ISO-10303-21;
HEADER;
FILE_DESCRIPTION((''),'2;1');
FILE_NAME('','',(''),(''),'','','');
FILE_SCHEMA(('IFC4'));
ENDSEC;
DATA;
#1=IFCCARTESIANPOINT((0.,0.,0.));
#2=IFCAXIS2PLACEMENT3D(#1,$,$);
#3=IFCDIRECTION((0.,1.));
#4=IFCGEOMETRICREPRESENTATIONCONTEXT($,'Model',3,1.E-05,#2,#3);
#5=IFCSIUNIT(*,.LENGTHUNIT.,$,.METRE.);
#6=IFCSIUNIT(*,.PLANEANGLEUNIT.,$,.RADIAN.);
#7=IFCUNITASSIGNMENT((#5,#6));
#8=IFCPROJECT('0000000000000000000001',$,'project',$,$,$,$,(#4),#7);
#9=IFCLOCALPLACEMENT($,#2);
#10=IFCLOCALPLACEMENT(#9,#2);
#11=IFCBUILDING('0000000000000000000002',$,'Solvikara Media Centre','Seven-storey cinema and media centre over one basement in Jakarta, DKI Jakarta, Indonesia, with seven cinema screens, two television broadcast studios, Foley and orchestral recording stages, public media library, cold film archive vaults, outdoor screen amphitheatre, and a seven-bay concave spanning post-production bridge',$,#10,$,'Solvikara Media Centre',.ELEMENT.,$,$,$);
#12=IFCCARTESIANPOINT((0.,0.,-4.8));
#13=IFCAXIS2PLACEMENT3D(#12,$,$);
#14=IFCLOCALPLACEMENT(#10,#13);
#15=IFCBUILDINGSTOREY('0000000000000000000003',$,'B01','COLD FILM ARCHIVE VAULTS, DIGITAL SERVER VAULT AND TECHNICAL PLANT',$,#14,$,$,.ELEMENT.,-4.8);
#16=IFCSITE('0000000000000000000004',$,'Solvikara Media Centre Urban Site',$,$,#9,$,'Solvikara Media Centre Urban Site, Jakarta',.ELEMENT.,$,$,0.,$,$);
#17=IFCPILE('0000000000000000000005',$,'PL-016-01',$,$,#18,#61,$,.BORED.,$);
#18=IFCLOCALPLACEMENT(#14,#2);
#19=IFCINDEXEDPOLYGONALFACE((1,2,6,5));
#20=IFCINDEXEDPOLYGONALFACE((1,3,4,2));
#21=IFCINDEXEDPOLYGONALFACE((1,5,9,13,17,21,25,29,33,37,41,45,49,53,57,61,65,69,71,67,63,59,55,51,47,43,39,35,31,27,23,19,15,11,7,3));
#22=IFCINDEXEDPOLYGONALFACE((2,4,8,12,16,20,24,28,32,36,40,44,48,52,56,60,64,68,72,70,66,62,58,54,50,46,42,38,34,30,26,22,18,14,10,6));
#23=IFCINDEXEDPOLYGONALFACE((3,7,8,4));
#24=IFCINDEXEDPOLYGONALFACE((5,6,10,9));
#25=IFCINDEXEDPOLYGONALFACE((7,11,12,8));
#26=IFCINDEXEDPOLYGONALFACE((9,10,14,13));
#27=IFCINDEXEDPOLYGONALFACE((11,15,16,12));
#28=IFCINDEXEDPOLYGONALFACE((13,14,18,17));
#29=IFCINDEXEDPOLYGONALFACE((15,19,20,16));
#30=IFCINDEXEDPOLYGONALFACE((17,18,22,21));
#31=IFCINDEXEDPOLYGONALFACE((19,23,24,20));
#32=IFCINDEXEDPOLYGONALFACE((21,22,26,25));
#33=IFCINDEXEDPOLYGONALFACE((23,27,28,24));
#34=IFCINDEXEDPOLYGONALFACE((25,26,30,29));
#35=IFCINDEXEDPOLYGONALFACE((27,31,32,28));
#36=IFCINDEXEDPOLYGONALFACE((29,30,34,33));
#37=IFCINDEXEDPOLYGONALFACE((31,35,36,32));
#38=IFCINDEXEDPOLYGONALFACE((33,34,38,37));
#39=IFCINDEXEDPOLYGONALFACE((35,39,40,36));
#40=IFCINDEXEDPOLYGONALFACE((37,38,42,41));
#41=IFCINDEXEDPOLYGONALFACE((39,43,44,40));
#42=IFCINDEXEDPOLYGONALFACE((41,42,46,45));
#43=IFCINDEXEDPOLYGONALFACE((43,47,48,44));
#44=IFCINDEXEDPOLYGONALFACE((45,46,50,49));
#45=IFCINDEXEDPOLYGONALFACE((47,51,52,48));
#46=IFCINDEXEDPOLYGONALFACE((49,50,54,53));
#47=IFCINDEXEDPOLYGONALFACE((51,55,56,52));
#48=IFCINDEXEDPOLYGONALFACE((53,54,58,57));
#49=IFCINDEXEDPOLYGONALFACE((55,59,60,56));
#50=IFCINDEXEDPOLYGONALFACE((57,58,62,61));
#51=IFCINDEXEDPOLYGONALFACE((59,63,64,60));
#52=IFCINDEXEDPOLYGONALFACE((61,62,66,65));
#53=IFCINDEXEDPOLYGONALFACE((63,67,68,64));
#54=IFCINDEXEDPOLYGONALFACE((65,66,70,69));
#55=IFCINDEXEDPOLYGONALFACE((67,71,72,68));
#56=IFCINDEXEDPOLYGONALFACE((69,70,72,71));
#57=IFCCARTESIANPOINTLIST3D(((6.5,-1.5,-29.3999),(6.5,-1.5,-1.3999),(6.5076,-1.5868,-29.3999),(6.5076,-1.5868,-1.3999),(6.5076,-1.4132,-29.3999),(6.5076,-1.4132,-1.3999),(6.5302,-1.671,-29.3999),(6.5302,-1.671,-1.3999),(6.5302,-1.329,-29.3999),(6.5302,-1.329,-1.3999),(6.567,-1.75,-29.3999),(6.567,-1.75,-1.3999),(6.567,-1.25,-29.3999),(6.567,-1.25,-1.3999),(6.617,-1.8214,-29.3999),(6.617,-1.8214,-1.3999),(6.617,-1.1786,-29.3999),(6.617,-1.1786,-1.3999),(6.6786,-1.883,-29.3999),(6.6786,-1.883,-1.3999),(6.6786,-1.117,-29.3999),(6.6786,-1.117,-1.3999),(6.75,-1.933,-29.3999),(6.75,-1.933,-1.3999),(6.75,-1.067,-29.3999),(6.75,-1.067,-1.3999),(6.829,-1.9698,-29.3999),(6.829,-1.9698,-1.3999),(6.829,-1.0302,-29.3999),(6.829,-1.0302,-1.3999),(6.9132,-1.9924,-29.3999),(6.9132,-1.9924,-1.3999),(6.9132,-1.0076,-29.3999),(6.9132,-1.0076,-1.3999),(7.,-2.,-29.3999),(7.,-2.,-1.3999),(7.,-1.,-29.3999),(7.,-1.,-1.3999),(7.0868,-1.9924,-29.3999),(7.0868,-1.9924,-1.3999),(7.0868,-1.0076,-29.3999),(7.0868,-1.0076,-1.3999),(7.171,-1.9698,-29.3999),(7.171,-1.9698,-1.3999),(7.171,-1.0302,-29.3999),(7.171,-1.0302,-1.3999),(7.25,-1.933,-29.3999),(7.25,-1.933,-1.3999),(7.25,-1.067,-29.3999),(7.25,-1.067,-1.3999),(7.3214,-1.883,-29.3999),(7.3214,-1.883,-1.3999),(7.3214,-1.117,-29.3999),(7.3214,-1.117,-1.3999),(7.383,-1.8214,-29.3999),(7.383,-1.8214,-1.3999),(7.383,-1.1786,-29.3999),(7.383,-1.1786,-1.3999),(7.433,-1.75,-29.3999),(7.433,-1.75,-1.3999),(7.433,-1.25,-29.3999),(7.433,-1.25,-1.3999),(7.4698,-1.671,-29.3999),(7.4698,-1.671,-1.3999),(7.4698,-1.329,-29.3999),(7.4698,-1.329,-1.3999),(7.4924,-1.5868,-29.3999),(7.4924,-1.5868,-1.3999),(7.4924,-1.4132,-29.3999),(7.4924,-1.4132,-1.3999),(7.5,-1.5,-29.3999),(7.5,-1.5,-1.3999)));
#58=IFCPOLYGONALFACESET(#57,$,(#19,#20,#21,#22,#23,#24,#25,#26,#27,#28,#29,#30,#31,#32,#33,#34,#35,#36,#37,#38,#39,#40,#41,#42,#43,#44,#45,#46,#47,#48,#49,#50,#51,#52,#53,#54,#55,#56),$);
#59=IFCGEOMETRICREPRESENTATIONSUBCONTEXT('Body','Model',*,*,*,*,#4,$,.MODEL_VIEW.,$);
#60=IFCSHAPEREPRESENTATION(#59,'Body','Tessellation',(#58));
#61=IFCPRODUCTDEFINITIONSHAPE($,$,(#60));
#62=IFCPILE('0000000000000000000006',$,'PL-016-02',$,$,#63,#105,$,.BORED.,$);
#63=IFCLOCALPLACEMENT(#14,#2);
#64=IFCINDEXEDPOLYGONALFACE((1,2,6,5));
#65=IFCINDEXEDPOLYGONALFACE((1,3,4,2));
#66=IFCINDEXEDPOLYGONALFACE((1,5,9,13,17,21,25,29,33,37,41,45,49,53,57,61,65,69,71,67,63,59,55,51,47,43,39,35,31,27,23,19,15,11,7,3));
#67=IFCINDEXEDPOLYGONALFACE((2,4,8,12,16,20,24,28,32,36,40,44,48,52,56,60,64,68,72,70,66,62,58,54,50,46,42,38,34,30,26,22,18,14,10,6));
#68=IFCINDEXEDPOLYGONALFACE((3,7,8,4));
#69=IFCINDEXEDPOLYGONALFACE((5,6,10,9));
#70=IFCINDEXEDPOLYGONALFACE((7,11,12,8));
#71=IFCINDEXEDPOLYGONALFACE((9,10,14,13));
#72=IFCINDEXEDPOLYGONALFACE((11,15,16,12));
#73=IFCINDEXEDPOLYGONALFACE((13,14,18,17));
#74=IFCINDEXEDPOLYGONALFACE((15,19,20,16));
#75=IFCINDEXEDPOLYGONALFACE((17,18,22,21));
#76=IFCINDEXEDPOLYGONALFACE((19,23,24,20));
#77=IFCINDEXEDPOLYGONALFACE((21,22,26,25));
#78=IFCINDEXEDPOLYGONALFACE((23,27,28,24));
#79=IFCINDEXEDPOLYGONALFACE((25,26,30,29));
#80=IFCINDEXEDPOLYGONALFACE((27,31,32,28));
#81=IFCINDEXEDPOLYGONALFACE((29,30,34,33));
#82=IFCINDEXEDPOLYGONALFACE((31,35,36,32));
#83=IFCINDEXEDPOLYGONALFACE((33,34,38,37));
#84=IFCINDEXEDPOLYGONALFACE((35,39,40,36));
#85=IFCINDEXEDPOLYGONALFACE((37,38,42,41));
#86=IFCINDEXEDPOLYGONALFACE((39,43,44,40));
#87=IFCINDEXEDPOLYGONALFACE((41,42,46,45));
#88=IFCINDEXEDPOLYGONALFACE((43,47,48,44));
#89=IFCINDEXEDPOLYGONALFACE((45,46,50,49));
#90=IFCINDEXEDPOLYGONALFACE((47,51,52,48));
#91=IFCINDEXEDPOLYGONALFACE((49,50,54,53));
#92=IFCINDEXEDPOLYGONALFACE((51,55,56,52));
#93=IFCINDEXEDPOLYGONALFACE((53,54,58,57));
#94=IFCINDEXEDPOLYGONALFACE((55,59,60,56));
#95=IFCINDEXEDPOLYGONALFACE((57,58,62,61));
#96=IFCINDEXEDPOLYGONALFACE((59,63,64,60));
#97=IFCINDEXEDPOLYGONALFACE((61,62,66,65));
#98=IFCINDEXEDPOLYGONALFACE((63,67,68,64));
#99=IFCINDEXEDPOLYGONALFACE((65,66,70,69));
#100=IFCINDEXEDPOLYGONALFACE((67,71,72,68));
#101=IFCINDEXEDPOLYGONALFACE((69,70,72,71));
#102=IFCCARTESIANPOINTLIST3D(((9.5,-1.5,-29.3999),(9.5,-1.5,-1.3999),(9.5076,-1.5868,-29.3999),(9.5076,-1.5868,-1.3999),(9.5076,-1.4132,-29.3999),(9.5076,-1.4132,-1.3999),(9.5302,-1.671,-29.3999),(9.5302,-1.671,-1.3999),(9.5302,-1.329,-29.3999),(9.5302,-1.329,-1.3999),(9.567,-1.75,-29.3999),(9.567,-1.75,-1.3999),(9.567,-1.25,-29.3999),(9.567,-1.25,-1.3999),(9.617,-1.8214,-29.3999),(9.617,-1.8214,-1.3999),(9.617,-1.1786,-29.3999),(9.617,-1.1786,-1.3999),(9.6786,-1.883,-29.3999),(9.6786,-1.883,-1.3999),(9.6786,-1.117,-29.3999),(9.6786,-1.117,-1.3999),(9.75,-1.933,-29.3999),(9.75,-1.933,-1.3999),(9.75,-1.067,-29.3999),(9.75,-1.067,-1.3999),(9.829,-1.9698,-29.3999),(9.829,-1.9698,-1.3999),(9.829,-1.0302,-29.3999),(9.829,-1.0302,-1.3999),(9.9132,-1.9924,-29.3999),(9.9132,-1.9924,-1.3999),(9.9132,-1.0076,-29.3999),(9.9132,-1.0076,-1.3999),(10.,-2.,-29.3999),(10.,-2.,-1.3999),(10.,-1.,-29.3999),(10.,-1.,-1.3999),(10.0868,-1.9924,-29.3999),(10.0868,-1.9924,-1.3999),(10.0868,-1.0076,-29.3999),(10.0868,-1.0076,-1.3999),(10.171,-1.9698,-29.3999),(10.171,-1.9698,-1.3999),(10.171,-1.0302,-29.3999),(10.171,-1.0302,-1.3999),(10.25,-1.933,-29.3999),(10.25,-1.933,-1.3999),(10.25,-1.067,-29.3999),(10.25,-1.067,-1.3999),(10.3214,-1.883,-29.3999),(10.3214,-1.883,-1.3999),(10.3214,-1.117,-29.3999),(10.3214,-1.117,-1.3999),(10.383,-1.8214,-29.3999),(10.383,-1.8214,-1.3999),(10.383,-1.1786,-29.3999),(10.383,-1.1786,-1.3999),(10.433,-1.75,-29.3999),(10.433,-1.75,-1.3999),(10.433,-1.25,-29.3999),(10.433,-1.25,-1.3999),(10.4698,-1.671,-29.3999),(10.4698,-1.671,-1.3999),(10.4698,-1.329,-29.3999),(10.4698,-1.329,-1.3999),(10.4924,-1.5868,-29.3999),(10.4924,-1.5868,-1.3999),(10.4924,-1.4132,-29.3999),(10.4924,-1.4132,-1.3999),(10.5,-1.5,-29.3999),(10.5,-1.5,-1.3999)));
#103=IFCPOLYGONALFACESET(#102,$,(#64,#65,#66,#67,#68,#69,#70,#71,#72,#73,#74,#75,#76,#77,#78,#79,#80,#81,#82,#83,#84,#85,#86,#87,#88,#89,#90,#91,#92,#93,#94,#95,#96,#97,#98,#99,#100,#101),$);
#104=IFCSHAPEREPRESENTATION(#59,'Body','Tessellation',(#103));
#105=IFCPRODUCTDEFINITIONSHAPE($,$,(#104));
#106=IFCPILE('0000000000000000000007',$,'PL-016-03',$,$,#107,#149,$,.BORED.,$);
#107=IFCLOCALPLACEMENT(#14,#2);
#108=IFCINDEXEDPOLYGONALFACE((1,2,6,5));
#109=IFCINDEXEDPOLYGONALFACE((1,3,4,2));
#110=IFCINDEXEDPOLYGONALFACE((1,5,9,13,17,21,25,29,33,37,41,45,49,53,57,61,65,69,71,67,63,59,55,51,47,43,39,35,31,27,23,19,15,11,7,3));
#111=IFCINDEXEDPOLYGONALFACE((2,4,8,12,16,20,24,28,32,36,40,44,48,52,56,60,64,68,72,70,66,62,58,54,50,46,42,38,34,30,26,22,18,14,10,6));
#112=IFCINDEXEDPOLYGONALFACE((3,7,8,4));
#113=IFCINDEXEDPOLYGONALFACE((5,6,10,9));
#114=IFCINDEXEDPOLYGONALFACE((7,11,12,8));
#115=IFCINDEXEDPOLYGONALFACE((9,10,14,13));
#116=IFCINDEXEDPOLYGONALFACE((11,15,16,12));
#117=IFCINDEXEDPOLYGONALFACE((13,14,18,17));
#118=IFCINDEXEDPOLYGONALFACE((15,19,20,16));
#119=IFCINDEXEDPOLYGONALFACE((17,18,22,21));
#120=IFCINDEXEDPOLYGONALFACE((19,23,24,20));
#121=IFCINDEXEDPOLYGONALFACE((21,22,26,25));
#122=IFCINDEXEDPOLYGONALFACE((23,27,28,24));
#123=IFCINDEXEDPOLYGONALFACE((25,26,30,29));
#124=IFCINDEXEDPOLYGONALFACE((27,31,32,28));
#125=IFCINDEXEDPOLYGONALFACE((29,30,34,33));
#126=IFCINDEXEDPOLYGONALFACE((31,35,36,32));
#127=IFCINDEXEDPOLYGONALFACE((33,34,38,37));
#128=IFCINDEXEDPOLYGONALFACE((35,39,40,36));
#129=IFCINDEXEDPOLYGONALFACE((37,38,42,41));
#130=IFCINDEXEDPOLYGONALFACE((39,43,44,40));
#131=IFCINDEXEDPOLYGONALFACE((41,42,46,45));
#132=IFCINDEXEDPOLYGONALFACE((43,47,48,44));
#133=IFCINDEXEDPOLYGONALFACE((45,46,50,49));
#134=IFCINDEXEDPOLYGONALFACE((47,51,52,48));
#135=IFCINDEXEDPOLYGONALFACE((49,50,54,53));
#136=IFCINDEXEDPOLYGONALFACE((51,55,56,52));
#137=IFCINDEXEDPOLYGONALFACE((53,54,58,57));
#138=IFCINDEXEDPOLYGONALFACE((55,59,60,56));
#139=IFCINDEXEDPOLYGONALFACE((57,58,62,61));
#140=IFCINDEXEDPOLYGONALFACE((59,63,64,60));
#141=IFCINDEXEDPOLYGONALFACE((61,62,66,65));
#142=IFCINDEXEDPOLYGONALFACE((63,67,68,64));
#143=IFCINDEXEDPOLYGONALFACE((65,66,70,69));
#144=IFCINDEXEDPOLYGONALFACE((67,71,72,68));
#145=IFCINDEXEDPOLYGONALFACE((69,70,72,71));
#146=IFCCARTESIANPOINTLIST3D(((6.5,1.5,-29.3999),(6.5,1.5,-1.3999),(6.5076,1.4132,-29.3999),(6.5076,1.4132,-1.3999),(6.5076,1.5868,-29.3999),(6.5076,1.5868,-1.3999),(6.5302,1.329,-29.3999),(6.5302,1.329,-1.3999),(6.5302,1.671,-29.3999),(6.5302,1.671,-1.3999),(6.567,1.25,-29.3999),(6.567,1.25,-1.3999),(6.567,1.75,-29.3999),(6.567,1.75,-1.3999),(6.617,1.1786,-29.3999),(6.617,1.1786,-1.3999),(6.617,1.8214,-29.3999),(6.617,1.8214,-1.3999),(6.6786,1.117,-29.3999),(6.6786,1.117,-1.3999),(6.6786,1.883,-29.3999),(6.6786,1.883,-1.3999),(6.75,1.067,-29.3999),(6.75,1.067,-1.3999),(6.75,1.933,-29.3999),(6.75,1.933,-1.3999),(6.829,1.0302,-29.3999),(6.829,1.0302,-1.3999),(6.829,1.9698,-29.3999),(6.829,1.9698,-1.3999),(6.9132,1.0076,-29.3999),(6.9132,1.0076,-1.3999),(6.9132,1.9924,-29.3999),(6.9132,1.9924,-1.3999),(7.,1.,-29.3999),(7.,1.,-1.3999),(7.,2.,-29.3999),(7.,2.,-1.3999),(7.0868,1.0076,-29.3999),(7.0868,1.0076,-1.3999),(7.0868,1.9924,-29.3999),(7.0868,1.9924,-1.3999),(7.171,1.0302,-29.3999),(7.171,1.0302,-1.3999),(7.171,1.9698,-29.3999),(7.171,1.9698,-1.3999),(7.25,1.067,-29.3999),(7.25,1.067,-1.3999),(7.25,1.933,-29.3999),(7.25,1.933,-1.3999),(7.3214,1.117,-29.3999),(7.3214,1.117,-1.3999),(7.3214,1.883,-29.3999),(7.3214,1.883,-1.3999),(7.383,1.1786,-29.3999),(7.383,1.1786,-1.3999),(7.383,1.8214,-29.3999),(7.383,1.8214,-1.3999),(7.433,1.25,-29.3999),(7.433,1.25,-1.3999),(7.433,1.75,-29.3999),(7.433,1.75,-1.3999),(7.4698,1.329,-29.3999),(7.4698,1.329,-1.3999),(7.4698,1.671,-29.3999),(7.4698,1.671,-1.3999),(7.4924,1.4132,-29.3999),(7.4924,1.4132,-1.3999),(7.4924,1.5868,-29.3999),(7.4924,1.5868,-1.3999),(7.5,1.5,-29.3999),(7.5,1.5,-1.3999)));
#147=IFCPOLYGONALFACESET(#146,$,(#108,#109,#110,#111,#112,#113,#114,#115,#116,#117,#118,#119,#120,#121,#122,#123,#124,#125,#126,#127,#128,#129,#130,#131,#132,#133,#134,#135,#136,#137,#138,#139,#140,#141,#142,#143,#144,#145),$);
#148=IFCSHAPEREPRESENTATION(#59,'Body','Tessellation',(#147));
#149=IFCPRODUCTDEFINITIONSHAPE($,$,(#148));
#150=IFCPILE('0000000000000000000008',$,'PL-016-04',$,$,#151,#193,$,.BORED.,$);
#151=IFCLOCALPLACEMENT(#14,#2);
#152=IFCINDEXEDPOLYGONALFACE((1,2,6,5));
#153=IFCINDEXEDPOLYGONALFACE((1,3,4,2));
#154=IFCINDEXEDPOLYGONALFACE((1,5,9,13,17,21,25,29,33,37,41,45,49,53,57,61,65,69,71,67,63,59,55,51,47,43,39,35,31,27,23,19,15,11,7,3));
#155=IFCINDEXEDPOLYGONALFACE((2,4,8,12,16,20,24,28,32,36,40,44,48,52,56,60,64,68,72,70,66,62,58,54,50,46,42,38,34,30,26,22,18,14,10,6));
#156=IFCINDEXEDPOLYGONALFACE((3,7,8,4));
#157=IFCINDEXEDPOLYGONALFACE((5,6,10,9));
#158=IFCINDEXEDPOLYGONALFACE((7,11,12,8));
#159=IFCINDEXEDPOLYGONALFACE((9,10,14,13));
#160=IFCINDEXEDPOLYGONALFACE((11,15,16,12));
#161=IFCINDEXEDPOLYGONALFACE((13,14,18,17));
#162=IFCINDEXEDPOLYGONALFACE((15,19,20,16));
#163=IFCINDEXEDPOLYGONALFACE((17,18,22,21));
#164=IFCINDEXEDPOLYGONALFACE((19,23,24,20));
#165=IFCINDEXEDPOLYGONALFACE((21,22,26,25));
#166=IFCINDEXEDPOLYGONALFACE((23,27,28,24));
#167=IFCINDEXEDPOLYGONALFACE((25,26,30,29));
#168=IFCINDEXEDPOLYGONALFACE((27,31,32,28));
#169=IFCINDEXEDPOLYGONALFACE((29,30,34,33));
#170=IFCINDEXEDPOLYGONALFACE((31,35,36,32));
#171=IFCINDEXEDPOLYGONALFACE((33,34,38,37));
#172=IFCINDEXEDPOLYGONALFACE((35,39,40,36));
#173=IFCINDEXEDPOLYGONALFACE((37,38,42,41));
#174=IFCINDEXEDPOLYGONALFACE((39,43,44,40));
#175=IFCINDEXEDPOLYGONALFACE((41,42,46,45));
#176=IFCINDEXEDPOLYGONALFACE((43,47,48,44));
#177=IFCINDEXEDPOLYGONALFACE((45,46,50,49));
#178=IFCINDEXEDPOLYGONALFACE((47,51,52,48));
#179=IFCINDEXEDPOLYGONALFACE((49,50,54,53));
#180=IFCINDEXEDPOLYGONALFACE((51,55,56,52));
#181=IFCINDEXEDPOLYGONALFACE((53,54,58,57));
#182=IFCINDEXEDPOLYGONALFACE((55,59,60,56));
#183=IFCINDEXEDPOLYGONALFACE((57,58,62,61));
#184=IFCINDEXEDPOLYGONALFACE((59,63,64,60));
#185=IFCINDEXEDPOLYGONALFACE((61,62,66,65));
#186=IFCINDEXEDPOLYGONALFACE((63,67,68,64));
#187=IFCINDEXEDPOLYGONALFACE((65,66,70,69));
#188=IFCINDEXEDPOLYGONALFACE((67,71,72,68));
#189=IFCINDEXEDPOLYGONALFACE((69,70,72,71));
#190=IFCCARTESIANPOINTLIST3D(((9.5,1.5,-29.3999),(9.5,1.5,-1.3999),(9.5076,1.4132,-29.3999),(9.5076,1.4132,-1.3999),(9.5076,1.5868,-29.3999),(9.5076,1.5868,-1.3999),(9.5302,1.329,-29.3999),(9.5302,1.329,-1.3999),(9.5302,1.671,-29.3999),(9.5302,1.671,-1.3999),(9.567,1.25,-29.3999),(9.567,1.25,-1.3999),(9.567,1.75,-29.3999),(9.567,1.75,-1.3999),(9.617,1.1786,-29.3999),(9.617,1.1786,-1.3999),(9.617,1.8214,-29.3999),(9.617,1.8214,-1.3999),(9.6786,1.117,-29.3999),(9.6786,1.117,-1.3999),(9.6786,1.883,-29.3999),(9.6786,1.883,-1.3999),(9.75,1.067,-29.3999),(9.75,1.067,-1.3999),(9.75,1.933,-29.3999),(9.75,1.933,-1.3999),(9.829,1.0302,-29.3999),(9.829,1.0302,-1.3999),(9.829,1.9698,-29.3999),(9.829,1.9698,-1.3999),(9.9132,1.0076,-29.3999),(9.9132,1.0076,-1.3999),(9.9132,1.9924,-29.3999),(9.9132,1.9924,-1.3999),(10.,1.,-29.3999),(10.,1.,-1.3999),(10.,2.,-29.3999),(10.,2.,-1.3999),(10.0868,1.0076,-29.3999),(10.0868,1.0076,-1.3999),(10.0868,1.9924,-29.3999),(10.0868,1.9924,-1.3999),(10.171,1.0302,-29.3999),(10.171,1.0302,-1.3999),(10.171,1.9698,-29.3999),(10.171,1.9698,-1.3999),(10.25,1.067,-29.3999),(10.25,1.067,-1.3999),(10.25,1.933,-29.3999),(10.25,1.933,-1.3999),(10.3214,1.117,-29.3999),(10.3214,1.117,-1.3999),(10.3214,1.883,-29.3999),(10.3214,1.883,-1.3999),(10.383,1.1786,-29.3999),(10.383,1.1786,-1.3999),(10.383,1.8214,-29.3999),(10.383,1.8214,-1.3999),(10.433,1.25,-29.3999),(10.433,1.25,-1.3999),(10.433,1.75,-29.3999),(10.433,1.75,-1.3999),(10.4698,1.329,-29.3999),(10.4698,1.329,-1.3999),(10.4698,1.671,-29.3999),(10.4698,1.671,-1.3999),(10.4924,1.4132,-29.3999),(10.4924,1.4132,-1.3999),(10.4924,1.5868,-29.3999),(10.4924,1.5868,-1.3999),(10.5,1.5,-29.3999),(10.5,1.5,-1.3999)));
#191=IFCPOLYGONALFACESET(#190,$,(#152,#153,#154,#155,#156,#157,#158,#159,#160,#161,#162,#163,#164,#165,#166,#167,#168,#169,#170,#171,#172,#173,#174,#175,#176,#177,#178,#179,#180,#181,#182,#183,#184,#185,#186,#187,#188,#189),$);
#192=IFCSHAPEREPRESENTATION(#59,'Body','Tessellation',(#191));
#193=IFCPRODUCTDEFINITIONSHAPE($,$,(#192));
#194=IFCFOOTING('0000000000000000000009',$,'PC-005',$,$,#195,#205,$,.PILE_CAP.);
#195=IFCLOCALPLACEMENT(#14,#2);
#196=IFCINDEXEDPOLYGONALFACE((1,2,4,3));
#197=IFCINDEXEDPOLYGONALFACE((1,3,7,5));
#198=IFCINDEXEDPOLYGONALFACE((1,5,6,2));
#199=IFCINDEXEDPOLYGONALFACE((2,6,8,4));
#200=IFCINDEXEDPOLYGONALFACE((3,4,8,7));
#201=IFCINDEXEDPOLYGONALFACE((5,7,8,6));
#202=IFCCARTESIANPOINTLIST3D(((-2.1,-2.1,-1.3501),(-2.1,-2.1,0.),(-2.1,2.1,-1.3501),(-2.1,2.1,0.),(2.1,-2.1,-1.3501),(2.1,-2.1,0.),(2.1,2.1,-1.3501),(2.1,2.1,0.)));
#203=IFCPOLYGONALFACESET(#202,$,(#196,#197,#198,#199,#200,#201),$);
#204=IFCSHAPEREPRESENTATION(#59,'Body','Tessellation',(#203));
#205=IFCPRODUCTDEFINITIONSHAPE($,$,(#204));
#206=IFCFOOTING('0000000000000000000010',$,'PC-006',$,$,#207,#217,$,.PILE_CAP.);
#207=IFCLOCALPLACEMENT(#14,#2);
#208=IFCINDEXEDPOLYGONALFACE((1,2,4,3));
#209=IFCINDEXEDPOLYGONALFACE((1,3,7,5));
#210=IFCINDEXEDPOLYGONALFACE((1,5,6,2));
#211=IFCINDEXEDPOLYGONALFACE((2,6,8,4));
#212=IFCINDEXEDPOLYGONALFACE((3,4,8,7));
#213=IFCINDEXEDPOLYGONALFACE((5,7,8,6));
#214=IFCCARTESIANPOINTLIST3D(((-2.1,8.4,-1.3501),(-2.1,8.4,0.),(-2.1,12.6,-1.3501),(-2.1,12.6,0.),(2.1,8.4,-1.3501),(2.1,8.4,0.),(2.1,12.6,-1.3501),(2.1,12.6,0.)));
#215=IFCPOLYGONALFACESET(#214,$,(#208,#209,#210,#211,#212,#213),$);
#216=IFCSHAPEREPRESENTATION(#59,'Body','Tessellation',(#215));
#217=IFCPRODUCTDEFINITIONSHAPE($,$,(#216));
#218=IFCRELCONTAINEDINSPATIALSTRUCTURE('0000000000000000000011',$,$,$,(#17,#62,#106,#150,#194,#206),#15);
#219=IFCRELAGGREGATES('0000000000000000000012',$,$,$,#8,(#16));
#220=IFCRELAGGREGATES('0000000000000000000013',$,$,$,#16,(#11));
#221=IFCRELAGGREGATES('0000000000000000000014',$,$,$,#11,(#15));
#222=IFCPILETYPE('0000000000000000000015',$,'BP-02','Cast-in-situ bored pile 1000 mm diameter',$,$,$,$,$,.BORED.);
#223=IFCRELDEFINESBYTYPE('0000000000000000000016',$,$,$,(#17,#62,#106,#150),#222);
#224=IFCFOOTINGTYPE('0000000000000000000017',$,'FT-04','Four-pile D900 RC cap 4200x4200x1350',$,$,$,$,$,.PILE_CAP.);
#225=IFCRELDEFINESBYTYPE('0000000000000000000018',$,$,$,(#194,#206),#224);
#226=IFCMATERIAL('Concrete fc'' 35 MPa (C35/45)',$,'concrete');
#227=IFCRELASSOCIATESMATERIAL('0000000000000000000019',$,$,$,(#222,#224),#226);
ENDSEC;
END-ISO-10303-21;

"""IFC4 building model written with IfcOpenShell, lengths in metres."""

from ifc_helpers import new_model, si_unit, direction, frame, origin, origin_2d, place, context, subcontext, project, spatial, rectangle, circle, extrude, material, material_profile, profile_set, type_object, element, save


model = new_model("IFC4")

# Units and contexts
model_context = context("Model", 3, precision=1e-05, world=origin(), true_north=direction((0.0, 1.0)))
body_context = subcontext(model_context, "Body", "Model", "MODEL_VIEW")
ifc_project = project(units=[si_unit("LENGTHUNIT", "METRE"), si_unit("PLANEANGLEUNIT", "RADIAN")], contexts=[model_context])

# Site, building, storey
site_placement = place(None, origin())
site = spatial("IfcSite", under=ifc_project, at=site_placement, Name="Solvikara Media Centre Urban Site", LongName="Solvikara Media Centre Urban Site, Jakarta", CompositionType="ELEMENT", RefElevation=0.0)
building_placement = place(site_placement, origin())
building = spatial("IfcBuilding", under=site, at=building_placement, Name="Solvikara Media Centre", Description="Seven-storey cinema and media centre over one basement in Jakarta, DKI Jakarta, Indonesia, with seven cinema screens, two television broadcast studios, Foley and orchestral recording stages, public media library, cold film archive vaults, outdoor screen amphitheatre, and a seven-bay concave spanning post-production bridge", LongName="Solvikara Media Centre", CompositionType="ELEMENT")
storey_placement = place(building_placement, frame((0.0, 0.0, -4.8)))
storey = spatial("IfcBuildingStorey", under=building, at=storey_placement, Name="B01", Description="COLD FILM ARCHIVE VAULTS, DIGITAL SERVER VAULT AND TECHNICAL PLANT", CompositionType="ELEMENT", Elevation=-4.8)

# Piles
ifc_material_1 = material(Name="Concrete fc' 35 MPa (C35/45)", Category="concrete")
ifc_material_profile_1 = material_profile(ifc_material_1, circle(Radius=0.5, at=origin_2d()), Name="BORED PILE D1000")
ifc_profile_set_1 = profile_set([ifc_material_profile_1], Name="Concrete fc' 35 MPa (C35/45)")
pile_type_1 = type_object("IfcPileType", Name="BP-02", Description="Cast-in-situ bored pile 1000 mm diameter", PredefinedType="BORED", material=ifc_profile_set_1)
for number, where, z_axis, x_axis, name in (
    (1, (7.0, -1.5, -1.3999), (0.0, 0.0, -1.0), (1.0, 0.0, 0.0), "PL-016-01"),
    (2, (10.0, -1.5, -1.3999), (0.0, 0.0, -1.0), (1.0, 0.0, 0.0), "PL-016-02"),
    (3, (7.0, 1.5, -1.3999), (0.0, 0.0, -1.0), (1.0, 0.0, 0.0), "PL-016-03"),
    (4, (10.0, 1.5, -1.3999), (0.0, 0.0, -1.0), (1.0, 0.0, 0.0), "PL-016-04"),
):
    element("IfcPile", number, at=place(storey_placement, frame(where, z_axis=z_axis, x_axis=x_axis)), inside=storey, type_object=pile_type_1, Name=name, PredefinedType="BORED", context=body_context, shape_type="SweptSolid", body=[
        extrude(circle(Radius=0.5, at=origin_2d()), origin(), (0.0, 0.0, 1.0), 28.0),
    ])

# Footings
footing_type_1 = type_object("IfcFootingType", Name="FT-04", Description="Four-pile D900 RC cap 4200x4200x1350", PredefinedType="PILE_CAP", material=ifc_material_1)
for number, where, z_axis, x_axis, name in (
    (5, (0.0, 0.0, -1.3501), (0.0, 0.0, 1.0), (1.0, 0.0, 0.0), "PC-005"),
    (6, (0.0, 10.5, -1.3501), (0.0, 0.0, 1.0), (1.0, 0.0, 0.0), "PC-006"),
):
    element("IfcFooting", number, at=place(storey_placement, frame(where, z_axis=z_axis, x_axis=x_axis)), inside=storey, type_object=footing_type_1, Name=name, PredefinedType="PILE_CAP", context=body_context, shape_type="SweptSolid", body=[
        extrude(rectangle(XDim=4.2, YDim=4.2, at=origin_2d()), origin(), (0.0, 0.0, 1.0), 1.3501),
    ])

save(model, "model.ifc")
